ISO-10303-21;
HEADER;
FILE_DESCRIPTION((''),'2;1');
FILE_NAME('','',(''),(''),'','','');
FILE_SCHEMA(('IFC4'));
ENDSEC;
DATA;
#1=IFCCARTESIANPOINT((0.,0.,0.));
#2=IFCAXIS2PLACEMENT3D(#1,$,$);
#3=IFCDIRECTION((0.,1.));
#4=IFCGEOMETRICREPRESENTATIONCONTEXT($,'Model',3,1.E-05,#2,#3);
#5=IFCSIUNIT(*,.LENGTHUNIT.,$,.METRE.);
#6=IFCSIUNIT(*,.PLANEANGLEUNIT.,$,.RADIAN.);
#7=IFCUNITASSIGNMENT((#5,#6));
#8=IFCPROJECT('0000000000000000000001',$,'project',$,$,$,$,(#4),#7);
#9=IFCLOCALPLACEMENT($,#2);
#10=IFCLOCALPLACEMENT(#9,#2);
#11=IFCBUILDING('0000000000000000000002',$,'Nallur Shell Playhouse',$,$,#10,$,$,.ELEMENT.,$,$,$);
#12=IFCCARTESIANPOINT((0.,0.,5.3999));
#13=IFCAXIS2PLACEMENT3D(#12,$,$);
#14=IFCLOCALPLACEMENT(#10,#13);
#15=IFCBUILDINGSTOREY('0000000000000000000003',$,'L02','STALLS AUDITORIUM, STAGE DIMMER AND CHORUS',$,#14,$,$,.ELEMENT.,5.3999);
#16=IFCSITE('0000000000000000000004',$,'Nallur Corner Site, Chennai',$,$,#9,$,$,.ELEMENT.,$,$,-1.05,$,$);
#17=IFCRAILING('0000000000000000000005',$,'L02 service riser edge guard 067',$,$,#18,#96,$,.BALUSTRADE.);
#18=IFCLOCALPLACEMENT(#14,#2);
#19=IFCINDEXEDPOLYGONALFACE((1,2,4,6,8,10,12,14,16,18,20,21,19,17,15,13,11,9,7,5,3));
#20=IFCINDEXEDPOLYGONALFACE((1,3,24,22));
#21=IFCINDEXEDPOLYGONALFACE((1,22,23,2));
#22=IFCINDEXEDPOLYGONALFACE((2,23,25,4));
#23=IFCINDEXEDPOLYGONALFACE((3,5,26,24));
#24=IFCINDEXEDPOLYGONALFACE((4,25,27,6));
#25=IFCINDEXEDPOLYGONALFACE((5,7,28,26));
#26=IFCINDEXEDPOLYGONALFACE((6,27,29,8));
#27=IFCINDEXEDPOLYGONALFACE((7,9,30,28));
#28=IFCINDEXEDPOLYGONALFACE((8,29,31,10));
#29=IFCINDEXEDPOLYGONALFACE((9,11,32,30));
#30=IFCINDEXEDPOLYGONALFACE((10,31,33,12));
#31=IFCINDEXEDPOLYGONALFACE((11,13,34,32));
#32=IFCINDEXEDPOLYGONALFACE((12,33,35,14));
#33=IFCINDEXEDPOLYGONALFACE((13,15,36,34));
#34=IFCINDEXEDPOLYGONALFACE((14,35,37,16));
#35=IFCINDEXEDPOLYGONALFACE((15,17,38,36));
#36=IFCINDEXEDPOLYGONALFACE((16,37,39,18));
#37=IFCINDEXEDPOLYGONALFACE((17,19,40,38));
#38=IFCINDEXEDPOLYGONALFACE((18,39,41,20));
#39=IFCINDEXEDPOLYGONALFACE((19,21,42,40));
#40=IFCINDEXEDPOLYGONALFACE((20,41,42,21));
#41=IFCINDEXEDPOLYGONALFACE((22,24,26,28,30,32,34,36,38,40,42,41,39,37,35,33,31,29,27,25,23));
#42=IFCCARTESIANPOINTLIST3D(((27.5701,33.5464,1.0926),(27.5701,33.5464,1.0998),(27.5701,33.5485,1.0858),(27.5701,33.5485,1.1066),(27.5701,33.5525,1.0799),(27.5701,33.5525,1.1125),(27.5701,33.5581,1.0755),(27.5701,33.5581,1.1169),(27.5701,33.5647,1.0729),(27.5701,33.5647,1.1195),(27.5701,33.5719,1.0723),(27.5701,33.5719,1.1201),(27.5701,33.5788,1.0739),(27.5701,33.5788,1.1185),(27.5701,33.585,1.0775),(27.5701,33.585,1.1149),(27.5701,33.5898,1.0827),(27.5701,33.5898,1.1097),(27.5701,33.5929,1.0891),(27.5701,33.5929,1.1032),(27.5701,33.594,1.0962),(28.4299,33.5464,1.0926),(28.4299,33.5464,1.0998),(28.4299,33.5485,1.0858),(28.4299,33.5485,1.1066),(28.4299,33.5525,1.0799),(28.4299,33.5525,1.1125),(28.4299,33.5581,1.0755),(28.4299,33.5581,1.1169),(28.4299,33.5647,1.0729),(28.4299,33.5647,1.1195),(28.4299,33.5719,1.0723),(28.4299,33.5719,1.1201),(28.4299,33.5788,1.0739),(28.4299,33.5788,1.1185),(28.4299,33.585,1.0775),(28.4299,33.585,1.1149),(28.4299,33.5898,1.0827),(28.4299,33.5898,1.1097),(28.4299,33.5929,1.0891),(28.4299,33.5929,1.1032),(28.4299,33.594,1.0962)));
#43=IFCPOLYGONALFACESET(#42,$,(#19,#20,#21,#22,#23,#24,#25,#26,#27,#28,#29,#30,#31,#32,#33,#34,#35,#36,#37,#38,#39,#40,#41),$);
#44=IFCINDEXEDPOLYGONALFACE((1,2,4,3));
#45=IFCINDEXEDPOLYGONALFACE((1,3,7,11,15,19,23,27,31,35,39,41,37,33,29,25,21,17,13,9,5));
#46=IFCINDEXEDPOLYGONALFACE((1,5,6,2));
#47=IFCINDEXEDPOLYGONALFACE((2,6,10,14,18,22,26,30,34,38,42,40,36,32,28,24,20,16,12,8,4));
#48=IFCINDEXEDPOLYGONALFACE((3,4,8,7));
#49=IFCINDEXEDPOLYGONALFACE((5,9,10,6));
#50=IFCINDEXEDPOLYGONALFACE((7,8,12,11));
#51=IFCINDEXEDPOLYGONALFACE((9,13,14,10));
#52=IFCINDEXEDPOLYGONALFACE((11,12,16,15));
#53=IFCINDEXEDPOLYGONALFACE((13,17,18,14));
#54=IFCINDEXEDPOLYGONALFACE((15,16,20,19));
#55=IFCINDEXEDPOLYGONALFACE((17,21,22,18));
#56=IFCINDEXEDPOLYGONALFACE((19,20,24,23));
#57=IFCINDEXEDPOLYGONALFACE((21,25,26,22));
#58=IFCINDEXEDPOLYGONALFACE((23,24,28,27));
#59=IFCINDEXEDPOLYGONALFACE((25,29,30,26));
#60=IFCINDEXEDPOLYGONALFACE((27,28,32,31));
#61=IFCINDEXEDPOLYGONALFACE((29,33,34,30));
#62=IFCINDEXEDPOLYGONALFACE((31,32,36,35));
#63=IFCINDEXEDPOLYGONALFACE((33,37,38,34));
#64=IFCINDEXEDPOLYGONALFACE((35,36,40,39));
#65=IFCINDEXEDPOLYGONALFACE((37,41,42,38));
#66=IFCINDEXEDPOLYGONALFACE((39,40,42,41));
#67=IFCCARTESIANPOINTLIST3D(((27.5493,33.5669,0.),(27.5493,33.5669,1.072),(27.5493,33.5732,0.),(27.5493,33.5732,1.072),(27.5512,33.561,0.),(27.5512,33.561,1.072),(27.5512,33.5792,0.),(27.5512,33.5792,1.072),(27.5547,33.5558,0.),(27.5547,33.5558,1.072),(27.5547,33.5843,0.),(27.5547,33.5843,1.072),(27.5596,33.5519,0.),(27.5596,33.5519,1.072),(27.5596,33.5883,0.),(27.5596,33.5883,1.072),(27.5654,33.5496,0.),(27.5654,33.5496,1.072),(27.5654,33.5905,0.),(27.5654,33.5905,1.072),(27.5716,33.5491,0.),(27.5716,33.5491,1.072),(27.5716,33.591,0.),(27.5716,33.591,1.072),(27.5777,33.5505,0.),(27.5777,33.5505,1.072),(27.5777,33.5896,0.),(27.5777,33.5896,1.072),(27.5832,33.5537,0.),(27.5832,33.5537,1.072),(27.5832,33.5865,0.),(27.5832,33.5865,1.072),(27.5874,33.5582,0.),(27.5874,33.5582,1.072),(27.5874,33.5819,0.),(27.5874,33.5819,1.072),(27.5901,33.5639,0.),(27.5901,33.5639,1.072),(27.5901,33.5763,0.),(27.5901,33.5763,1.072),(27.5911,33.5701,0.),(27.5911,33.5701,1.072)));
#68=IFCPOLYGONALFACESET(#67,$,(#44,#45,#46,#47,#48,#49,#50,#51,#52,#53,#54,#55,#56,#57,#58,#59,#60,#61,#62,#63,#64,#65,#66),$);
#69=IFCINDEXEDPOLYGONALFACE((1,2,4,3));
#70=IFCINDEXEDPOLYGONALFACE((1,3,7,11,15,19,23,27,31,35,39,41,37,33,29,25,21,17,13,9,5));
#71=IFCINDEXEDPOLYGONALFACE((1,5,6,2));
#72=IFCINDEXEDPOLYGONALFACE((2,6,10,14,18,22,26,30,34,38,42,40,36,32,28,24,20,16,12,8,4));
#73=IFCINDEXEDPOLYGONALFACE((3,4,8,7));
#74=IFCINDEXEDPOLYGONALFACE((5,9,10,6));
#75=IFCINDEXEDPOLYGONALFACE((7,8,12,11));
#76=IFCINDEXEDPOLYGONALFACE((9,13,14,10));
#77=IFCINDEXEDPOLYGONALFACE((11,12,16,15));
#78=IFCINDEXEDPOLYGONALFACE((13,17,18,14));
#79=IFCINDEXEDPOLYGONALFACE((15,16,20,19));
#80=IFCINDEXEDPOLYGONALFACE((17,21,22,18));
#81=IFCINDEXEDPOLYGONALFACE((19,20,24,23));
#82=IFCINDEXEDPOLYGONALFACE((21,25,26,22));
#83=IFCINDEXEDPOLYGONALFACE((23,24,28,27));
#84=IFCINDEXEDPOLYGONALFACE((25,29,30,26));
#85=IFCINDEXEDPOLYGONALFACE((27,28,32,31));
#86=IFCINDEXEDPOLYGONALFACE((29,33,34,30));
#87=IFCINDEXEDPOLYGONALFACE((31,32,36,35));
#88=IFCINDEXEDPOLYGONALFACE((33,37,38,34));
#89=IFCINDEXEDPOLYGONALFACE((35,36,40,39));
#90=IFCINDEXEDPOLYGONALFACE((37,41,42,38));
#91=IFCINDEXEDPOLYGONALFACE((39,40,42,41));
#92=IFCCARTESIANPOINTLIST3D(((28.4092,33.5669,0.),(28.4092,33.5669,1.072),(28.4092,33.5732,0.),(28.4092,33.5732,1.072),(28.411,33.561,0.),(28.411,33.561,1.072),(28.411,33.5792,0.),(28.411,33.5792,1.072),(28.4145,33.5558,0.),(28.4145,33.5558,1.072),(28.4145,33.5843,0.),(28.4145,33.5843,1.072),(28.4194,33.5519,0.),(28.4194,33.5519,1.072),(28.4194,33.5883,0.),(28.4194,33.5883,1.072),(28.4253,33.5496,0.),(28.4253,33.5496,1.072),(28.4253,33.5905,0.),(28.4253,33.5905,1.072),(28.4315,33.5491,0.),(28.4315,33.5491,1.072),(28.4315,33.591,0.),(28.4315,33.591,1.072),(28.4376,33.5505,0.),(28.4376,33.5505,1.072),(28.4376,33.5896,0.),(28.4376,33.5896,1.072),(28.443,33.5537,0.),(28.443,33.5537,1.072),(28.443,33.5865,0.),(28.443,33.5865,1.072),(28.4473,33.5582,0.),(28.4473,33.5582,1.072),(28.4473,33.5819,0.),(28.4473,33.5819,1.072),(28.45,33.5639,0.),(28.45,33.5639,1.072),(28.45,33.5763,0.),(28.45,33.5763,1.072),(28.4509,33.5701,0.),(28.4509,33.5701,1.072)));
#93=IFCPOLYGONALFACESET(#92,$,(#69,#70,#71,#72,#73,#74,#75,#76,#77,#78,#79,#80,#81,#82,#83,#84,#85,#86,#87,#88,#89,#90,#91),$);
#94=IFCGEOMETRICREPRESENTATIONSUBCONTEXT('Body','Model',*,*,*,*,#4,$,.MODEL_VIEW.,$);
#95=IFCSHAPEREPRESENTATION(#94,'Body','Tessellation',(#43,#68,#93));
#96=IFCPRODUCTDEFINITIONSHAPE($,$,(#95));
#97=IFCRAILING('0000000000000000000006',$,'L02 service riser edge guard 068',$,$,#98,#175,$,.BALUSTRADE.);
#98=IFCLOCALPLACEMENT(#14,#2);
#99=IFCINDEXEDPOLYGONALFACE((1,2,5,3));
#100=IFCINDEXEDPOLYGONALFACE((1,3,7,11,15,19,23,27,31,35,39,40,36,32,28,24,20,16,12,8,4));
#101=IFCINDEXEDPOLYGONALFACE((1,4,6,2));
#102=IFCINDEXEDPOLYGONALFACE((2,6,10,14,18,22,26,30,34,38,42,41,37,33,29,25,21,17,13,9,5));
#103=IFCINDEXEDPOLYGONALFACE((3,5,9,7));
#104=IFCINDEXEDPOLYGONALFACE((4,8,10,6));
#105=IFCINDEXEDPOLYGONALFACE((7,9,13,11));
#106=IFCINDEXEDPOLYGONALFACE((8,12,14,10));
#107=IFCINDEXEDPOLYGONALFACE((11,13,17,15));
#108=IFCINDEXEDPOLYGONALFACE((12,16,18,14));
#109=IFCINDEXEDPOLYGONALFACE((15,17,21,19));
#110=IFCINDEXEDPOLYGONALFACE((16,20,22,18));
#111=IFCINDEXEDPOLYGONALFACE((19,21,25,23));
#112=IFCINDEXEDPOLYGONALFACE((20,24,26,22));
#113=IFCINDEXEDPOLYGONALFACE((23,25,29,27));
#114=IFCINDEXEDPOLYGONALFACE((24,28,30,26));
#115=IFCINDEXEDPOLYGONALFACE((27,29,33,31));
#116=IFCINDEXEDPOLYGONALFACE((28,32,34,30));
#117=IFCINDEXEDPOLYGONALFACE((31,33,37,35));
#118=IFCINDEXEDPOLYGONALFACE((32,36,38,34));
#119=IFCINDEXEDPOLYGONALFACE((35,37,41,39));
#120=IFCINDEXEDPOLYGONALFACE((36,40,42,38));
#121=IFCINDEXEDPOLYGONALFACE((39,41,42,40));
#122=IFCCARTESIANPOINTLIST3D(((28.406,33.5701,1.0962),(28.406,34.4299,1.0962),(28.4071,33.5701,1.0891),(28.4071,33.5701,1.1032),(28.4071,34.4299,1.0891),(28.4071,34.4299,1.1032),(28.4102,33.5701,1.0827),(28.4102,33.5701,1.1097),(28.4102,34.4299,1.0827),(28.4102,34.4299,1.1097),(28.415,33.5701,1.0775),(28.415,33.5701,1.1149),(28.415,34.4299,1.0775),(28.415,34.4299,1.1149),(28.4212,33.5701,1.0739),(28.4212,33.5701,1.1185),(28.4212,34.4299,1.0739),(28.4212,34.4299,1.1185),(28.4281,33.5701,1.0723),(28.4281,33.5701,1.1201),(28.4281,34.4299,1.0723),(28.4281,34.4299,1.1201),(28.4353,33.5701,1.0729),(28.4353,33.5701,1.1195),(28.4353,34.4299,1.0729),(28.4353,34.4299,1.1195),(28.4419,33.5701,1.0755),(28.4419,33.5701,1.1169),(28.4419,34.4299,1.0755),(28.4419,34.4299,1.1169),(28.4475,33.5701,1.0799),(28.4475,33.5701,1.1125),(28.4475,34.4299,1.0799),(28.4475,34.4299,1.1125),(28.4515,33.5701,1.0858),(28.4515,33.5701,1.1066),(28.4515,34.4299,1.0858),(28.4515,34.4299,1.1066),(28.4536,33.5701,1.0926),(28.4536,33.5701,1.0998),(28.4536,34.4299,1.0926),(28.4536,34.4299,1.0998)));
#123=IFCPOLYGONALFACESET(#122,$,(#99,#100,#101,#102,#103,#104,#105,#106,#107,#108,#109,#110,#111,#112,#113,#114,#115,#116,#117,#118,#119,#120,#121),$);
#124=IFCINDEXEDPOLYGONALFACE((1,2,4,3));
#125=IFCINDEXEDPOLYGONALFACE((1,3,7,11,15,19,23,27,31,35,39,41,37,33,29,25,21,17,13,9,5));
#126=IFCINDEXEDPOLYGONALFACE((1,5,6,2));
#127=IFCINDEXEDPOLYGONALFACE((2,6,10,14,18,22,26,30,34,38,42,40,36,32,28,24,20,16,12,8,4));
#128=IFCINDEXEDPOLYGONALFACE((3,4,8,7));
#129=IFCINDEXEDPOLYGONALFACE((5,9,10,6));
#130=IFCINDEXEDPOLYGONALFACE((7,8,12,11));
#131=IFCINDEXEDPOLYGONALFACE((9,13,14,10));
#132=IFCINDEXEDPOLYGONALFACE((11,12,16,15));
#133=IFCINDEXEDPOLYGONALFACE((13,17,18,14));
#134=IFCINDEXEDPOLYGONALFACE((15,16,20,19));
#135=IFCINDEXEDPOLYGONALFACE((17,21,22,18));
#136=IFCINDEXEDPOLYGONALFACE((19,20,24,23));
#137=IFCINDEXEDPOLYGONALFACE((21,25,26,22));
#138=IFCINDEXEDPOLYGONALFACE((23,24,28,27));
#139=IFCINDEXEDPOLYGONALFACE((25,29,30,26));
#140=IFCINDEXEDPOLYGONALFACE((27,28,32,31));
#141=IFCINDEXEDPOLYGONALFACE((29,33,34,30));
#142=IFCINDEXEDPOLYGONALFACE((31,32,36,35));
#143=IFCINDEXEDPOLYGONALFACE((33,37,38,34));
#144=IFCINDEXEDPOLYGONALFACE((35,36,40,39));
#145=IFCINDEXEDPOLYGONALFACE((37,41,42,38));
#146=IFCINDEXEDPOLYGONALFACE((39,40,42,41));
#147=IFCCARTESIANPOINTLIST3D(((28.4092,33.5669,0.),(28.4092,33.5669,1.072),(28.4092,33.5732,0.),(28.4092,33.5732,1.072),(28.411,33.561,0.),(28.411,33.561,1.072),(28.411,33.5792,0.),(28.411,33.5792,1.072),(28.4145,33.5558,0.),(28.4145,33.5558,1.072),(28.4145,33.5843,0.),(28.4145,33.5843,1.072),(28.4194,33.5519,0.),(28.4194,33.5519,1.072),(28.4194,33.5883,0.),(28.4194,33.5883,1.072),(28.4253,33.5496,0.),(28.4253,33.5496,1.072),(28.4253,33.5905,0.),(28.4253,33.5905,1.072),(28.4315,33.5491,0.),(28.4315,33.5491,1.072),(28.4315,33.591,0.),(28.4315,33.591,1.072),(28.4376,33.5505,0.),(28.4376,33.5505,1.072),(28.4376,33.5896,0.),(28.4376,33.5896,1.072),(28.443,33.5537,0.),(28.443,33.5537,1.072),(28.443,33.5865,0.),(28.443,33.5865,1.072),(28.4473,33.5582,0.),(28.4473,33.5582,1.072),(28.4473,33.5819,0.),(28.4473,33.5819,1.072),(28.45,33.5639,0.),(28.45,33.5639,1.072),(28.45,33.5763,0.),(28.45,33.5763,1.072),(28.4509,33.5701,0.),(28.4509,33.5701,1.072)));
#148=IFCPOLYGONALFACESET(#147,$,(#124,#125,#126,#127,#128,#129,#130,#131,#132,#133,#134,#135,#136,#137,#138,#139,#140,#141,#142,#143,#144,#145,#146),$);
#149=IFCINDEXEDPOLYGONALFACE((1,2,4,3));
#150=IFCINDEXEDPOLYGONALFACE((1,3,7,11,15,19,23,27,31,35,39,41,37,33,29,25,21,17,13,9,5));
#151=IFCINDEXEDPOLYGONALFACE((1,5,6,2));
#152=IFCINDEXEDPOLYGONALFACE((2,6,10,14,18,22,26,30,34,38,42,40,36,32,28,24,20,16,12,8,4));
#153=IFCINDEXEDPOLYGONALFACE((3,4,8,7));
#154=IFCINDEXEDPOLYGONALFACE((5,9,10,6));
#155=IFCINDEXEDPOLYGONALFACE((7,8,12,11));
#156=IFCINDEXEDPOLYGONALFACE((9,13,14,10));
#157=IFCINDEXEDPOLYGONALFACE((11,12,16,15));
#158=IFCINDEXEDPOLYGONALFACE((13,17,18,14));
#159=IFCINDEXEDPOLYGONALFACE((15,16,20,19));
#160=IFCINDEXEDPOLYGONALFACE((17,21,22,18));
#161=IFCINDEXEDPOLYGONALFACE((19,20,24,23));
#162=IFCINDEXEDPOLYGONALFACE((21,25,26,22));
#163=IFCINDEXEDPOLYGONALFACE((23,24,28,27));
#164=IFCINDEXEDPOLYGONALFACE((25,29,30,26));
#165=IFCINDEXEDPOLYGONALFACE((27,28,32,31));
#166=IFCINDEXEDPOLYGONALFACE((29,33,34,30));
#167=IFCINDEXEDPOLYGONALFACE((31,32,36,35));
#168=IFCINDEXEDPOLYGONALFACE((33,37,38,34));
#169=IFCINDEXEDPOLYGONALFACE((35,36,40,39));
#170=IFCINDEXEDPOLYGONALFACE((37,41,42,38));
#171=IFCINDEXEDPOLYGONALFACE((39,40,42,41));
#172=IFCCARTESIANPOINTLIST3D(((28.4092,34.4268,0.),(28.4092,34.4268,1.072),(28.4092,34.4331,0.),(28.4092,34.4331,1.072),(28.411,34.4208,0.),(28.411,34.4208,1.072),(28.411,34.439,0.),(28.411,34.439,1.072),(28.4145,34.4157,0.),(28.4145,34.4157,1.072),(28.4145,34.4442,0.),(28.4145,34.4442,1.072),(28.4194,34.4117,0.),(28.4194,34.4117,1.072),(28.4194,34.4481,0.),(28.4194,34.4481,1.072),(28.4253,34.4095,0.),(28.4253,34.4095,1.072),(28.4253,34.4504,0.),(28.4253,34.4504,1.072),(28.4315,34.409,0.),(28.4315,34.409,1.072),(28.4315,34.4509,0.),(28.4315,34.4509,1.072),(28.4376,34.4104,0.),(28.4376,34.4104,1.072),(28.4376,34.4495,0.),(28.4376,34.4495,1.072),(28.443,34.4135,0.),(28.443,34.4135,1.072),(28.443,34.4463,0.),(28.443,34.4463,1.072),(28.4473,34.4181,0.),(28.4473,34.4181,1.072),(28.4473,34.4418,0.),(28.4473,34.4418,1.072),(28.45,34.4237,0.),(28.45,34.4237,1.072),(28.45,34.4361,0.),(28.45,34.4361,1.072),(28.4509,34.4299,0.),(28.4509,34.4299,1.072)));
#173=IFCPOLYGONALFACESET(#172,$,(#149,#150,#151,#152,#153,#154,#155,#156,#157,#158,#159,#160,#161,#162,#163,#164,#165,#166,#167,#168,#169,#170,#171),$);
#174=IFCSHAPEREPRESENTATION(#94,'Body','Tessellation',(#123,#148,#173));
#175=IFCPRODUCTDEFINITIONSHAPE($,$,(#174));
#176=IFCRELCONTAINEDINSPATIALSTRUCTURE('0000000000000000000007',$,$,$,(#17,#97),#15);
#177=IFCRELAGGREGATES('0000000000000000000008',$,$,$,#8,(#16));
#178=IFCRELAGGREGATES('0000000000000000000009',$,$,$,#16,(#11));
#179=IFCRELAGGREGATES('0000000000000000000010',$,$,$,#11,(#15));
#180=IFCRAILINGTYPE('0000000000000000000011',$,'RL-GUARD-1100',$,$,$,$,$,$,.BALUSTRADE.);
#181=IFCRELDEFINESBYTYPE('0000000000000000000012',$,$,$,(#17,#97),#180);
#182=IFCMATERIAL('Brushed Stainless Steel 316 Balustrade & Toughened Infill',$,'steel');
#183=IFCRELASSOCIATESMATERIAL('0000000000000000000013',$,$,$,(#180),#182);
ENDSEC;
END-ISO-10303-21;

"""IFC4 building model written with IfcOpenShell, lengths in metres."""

from ifc_helpers import new_model, si_unit, direction, frame, origin, origin_2d, place, context, subcontext, project, spatial, circle, extrude, material, type_object, element, save


model = new_model("IFC4")

# Units and contexts
model_context = context("Model", 3, precision=1e-05, world=origin(), true_north=direction((0.0, 1.0)))
body_context = subcontext(model_context, "Body", "Model", "MODEL_VIEW")
ifc_project = project(units=[si_unit("LENGTHUNIT", "METRE"), si_unit("PLANEANGLEUNIT", "RADIAN")], contexts=[model_context])

# Site, building, storey
site_placement = place(None, origin())
site = spatial("IfcSite", under=ifc_project, at=site_placement, Name="Nallur Corner Site, Chennai", CompositionType="ELEMENT", RefElevation=-1.05)
building_placement = place(site_placement, origin())
building = spatial("IfcBuilding", under=site, at=building_placement, Name="Nallur Shell Playhouse", CompositionType="ELEMENT")
storey_placement = place(building_placement, frame((0.0, 0.0, 5.3999)))
storey = spatial("IfcBuildingStorey", under=building, at=storey_placement, Name="L02", Description="STALLS AUDITORIUM, STAGE DIMMER AND CHORUS", CompositionType="ELEMENT", Elevation=5.3999)

# Railings
ifc_material_1 = material(Name="Brushed Stainless Steel 316 Balustrade & Toughened Infill", Category="steel")
railing_type = type_object("IfcRailingType", Name="RL-GUARD-1100", PredefinedType="BALUSTRADE", material=ifc_material_1)
railing_1_placement = place(storey_placement, frame((27.5701, 33.5701, 0.0)))
element("IfcRailing", 1, at=railing_1_placement, inside=storey, type_object=railing_type, Name="L02 service riser edge guard 067", PredefinedType="BALUSTRADE", context=body_context, shape_type="SweptSolid", body=[
    extrude(circle(Radius=0.0239, at=origin_2d()), frame((0.0, 0.0, 1.0962), z_axis=(1.0, 0.0, 0.0), x_axis=(0.0, 1.0, 0.0)), (0.0, 0.0, 1.0), 0.8599),
    extrude(circle(Radius=0.021, at=origin_2d()), origin(), (0.0, 0.0, 1.0), 1.072),
    extrude(circle(Radius=0.021, at=origin_2d()), frame((0.8599, 0.0, 0.0)), (0.0, 0.0, 1.0), 1.072),
])
railing_2_placement = place(storey_placement, frame((28.4299, 33.5701, 0.0)))
element("IfcRailing", 2, at=railing_2_placement, inside=storey, type_object=railing_type, Name="L02 service riser edge guard 068", PredefinedType="BALUSTRADE", context=body_context, shape_type="SweptSolid", body=[
    extrude(circle(Radius=0.0239, at=origin_2d()), frame((0.0, 0.0, 1.0962), z_axis=(0.0, 1.0, 0.0), x_axis=(-1.0, 0.0, 0.0)), (0.0, 0.0, 1.0), 0.8599),
    extrude(circle(Radius=0.021, at=origin_2d()), origin(), (0.0, 0.0, 1.0), 1.072),
    extrude(circle(Radius=0.021, at=origin_2d()), frame((0.0, 0.8599, 0.0)), (0.0, 0.0, 1.0), 1.072),
])

save(model, "model.ifc")
